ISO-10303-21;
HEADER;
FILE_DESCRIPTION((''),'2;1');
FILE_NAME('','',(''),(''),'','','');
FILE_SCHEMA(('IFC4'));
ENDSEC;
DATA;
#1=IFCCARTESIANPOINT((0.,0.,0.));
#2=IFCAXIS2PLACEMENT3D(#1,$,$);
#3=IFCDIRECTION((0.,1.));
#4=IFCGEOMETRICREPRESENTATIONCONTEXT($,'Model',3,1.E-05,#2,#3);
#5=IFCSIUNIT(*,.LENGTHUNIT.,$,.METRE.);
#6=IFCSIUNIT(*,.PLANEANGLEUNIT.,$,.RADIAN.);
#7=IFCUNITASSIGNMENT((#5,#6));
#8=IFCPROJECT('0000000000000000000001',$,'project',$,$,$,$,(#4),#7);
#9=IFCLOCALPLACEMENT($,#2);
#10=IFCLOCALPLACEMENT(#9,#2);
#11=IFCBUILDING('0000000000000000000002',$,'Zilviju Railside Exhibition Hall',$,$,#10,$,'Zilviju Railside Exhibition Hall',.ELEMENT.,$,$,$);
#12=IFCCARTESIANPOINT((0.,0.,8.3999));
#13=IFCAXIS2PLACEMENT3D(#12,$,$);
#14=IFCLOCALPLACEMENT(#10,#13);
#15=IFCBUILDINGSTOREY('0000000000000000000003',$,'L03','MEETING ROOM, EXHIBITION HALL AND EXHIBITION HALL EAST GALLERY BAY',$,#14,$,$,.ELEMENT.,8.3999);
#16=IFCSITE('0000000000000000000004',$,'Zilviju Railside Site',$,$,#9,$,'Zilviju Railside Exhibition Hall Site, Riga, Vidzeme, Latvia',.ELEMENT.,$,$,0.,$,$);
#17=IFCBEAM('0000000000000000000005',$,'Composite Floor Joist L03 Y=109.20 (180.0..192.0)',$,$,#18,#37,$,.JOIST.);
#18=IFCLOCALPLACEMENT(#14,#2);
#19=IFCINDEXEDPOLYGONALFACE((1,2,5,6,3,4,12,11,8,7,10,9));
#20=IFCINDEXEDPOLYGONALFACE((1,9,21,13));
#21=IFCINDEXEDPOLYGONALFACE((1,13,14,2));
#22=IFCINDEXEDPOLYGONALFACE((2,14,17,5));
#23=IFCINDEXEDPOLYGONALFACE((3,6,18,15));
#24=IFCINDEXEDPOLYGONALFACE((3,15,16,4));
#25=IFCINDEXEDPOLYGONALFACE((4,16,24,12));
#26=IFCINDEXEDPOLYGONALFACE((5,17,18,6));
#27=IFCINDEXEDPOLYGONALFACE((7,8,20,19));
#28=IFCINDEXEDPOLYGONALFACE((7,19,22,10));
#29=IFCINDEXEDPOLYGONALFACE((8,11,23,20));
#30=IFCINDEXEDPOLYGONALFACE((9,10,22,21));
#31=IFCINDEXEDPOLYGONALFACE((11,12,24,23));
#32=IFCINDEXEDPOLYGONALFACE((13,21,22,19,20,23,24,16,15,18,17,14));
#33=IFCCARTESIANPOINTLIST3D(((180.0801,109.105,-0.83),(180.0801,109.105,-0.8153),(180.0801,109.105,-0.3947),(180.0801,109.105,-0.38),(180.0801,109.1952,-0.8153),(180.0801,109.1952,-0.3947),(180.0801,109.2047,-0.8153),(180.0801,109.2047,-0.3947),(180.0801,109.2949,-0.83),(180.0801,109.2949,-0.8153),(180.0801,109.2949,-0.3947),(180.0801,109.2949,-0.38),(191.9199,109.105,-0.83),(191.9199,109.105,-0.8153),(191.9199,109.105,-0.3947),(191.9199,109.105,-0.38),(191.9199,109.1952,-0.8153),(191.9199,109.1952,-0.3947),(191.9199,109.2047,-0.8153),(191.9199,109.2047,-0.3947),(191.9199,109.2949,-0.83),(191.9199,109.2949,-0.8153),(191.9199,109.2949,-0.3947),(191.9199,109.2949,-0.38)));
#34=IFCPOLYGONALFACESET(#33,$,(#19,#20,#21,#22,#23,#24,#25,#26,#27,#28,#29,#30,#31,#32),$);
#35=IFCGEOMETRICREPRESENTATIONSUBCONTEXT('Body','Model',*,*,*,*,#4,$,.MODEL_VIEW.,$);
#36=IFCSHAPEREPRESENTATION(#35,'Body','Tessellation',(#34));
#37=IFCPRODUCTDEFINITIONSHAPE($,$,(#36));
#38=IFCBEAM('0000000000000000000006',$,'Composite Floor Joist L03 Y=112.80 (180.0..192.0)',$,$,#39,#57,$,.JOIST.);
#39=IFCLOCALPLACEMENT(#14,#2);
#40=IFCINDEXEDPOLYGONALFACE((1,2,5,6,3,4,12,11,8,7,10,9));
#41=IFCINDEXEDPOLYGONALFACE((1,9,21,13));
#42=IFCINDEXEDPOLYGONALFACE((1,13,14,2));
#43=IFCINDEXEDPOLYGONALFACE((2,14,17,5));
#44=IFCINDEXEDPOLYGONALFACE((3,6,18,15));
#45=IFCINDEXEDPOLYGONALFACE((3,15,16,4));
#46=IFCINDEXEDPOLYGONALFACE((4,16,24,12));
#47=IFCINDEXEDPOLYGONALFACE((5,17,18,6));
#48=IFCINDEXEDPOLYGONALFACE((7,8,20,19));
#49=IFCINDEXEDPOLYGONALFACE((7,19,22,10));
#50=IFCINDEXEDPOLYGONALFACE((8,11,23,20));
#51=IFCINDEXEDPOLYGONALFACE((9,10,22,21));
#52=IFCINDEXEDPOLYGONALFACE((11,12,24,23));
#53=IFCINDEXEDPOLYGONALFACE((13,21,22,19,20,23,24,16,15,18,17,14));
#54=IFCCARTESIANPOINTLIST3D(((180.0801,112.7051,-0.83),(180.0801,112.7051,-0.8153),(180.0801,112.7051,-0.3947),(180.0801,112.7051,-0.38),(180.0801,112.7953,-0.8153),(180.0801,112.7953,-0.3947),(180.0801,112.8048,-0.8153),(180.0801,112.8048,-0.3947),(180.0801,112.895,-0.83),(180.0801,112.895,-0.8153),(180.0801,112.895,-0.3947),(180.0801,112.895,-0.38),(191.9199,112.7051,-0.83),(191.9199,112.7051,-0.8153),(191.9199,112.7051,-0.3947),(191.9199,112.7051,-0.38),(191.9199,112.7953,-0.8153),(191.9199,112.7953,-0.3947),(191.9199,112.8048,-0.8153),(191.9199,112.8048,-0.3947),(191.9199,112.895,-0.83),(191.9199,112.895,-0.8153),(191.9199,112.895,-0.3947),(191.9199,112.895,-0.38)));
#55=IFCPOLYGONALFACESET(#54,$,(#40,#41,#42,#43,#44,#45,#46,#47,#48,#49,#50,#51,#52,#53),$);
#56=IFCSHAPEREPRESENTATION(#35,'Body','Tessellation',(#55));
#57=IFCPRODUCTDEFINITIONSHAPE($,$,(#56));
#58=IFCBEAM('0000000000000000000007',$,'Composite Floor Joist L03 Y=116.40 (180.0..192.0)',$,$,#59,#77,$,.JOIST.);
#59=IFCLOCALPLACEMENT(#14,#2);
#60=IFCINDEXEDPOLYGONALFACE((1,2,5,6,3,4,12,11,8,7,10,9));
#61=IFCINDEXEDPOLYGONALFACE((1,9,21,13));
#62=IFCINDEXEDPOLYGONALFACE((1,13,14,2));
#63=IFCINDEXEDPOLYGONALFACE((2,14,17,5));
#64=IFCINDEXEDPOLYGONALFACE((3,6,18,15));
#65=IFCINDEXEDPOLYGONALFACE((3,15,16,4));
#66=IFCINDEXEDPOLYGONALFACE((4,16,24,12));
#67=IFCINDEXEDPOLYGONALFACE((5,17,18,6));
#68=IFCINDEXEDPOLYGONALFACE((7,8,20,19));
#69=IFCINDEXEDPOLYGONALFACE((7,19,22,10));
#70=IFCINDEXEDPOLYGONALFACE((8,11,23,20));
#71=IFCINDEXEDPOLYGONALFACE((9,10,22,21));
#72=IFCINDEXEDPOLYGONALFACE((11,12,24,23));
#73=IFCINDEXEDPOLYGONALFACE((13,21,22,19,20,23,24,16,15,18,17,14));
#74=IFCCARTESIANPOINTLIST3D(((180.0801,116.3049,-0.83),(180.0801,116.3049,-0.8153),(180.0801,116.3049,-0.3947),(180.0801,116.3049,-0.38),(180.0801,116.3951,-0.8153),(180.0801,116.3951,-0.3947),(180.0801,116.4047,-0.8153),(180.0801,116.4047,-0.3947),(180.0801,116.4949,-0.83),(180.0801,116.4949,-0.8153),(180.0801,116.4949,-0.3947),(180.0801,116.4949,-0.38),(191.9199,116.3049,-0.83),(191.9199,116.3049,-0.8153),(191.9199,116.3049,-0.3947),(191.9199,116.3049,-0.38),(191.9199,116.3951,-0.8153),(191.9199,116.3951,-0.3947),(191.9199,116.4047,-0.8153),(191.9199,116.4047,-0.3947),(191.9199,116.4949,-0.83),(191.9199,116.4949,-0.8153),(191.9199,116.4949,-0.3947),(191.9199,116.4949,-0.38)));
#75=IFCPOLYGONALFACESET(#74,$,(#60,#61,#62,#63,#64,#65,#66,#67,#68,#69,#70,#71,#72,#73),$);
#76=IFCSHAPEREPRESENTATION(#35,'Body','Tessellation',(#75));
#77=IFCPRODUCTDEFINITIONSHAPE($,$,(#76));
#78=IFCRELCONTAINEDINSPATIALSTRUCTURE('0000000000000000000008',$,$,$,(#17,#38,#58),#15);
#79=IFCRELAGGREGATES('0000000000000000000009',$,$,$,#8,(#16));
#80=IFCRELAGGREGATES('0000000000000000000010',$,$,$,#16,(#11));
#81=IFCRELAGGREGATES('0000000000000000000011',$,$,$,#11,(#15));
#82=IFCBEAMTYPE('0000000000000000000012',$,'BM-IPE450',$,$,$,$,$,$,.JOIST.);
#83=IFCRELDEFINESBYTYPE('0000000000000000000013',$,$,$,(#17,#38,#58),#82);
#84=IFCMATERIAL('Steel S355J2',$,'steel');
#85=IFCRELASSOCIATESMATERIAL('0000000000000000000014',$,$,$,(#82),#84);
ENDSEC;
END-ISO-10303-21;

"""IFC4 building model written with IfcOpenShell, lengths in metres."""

from ifc_helpers import new_model, si_unit, direction, frame, origin, origin_2d, place, context, subcontext, project, spatial, i_section, extrude, material, material_profile, profile_set, type_object, element, save


model = new_model("IFC4")

# Units and contexts
model_context = context("Model", 3, precision=1e-05, world=origin(), true_north=direction((0.0, 1.0)))
body_context = subcontext(model_context, "Body", "Model", "MODEL_VIEW")
ifc_project = project(units=[si_unit("LENGTHUNIT", "METRE"), si_unit("PLANEANGLEUNIT", "RADIAN")], contexts=[model_context])

# Site, building, storey
site_placement = place(None, origin())
site = spatial("IfcSite", under=ifc_project, at=site_placement, Name="Zilviju Railside Site", LongName="Zilviju Railside Exhibition Hall Site, Riga, Vidzeme, Latvia", CompositionType="ELEMENT", RefElevation=0.0)
building_placement = place(site_placement, origin())
building = spatial("IfcBuilding", under=site, at=building_placement, Name="Zilviju Railside Exhibition Hall", LongName="Zilviju Railside Exhibition Hall", CompositionType="ELEMENT")
storey_placement = place(building_placement, frame((0.0, 0.0, 8.3999)))
storey = spatial("IfcBuildingStorey", under=building, at=storey_placement, Name="L03", Description="MEETING ROOM, EXHIBITION HALL AND EXHIBITION HALL EAST GALLERY BAY", CompositionType="ELEMENT", Elevation=8.3999)

# Shared definitions
ifc_material = material(Name="Steel S355J2", Category="steel")

# Beams
ifc_material_profile_1 = material_profile(ifc_material, i_section(OverallWidth=0.1899, OverallDepth=0.45, WebThickness=0.0095, FlangeThickness=0.0146, at=origin_2d()), Name="IPE 450")
ifc_profile_set_1 = profile_set([ifc_material_profile_1], Name="Steel S355J2")
beam_type_1 = type_object("IfcBeamType", Name="BM-IPE450", PredefinedType="JOIST", material=ifc_profile_set_1)
for number, where, z_axis, x_axis, name in (
    (1, (180.0801, 109.2, -0.605), (1.0, 0.0, 0.0), (0.0, 1.0, 0.0), "Composite Floor Joist L03 Y=109.20 (180.0..192.0)"),
    (2, (180.0801, 112.8, -0.605), (1.0, 0.0, 0.0), (0.0, 1.0, 0.0), "Composite Floor Joist L03 Y=112.80 (180.0..192.0)"),
    (3, (180.0801, 116.3999, -0.605), (1.0, 0.0, 0.0), (0.0, 1.0, 0.0), "Composite Floor Joist L03 Y=116.40 (180.0..192.0)"),
):
    element("IfcBeam", number, at=place(storey_placement, frame(where, z_axis=z_axis, x_axis=x_axis)), inside=storey, type_object=beam_type_1, Name=name, PredefinedType="JOIST", context=body_context, shape_type="SweptSolid", body=[
        extrude(i_section(OverallWidth=0.1899, OverallDepth=0.45, WebThickness=0.0095, FlangeThickness=0.0146, at=origin_2d()), origin(), (0.0, 0.0, 1.0), 11.8398),
    ])

save(model, "model.ifc")
